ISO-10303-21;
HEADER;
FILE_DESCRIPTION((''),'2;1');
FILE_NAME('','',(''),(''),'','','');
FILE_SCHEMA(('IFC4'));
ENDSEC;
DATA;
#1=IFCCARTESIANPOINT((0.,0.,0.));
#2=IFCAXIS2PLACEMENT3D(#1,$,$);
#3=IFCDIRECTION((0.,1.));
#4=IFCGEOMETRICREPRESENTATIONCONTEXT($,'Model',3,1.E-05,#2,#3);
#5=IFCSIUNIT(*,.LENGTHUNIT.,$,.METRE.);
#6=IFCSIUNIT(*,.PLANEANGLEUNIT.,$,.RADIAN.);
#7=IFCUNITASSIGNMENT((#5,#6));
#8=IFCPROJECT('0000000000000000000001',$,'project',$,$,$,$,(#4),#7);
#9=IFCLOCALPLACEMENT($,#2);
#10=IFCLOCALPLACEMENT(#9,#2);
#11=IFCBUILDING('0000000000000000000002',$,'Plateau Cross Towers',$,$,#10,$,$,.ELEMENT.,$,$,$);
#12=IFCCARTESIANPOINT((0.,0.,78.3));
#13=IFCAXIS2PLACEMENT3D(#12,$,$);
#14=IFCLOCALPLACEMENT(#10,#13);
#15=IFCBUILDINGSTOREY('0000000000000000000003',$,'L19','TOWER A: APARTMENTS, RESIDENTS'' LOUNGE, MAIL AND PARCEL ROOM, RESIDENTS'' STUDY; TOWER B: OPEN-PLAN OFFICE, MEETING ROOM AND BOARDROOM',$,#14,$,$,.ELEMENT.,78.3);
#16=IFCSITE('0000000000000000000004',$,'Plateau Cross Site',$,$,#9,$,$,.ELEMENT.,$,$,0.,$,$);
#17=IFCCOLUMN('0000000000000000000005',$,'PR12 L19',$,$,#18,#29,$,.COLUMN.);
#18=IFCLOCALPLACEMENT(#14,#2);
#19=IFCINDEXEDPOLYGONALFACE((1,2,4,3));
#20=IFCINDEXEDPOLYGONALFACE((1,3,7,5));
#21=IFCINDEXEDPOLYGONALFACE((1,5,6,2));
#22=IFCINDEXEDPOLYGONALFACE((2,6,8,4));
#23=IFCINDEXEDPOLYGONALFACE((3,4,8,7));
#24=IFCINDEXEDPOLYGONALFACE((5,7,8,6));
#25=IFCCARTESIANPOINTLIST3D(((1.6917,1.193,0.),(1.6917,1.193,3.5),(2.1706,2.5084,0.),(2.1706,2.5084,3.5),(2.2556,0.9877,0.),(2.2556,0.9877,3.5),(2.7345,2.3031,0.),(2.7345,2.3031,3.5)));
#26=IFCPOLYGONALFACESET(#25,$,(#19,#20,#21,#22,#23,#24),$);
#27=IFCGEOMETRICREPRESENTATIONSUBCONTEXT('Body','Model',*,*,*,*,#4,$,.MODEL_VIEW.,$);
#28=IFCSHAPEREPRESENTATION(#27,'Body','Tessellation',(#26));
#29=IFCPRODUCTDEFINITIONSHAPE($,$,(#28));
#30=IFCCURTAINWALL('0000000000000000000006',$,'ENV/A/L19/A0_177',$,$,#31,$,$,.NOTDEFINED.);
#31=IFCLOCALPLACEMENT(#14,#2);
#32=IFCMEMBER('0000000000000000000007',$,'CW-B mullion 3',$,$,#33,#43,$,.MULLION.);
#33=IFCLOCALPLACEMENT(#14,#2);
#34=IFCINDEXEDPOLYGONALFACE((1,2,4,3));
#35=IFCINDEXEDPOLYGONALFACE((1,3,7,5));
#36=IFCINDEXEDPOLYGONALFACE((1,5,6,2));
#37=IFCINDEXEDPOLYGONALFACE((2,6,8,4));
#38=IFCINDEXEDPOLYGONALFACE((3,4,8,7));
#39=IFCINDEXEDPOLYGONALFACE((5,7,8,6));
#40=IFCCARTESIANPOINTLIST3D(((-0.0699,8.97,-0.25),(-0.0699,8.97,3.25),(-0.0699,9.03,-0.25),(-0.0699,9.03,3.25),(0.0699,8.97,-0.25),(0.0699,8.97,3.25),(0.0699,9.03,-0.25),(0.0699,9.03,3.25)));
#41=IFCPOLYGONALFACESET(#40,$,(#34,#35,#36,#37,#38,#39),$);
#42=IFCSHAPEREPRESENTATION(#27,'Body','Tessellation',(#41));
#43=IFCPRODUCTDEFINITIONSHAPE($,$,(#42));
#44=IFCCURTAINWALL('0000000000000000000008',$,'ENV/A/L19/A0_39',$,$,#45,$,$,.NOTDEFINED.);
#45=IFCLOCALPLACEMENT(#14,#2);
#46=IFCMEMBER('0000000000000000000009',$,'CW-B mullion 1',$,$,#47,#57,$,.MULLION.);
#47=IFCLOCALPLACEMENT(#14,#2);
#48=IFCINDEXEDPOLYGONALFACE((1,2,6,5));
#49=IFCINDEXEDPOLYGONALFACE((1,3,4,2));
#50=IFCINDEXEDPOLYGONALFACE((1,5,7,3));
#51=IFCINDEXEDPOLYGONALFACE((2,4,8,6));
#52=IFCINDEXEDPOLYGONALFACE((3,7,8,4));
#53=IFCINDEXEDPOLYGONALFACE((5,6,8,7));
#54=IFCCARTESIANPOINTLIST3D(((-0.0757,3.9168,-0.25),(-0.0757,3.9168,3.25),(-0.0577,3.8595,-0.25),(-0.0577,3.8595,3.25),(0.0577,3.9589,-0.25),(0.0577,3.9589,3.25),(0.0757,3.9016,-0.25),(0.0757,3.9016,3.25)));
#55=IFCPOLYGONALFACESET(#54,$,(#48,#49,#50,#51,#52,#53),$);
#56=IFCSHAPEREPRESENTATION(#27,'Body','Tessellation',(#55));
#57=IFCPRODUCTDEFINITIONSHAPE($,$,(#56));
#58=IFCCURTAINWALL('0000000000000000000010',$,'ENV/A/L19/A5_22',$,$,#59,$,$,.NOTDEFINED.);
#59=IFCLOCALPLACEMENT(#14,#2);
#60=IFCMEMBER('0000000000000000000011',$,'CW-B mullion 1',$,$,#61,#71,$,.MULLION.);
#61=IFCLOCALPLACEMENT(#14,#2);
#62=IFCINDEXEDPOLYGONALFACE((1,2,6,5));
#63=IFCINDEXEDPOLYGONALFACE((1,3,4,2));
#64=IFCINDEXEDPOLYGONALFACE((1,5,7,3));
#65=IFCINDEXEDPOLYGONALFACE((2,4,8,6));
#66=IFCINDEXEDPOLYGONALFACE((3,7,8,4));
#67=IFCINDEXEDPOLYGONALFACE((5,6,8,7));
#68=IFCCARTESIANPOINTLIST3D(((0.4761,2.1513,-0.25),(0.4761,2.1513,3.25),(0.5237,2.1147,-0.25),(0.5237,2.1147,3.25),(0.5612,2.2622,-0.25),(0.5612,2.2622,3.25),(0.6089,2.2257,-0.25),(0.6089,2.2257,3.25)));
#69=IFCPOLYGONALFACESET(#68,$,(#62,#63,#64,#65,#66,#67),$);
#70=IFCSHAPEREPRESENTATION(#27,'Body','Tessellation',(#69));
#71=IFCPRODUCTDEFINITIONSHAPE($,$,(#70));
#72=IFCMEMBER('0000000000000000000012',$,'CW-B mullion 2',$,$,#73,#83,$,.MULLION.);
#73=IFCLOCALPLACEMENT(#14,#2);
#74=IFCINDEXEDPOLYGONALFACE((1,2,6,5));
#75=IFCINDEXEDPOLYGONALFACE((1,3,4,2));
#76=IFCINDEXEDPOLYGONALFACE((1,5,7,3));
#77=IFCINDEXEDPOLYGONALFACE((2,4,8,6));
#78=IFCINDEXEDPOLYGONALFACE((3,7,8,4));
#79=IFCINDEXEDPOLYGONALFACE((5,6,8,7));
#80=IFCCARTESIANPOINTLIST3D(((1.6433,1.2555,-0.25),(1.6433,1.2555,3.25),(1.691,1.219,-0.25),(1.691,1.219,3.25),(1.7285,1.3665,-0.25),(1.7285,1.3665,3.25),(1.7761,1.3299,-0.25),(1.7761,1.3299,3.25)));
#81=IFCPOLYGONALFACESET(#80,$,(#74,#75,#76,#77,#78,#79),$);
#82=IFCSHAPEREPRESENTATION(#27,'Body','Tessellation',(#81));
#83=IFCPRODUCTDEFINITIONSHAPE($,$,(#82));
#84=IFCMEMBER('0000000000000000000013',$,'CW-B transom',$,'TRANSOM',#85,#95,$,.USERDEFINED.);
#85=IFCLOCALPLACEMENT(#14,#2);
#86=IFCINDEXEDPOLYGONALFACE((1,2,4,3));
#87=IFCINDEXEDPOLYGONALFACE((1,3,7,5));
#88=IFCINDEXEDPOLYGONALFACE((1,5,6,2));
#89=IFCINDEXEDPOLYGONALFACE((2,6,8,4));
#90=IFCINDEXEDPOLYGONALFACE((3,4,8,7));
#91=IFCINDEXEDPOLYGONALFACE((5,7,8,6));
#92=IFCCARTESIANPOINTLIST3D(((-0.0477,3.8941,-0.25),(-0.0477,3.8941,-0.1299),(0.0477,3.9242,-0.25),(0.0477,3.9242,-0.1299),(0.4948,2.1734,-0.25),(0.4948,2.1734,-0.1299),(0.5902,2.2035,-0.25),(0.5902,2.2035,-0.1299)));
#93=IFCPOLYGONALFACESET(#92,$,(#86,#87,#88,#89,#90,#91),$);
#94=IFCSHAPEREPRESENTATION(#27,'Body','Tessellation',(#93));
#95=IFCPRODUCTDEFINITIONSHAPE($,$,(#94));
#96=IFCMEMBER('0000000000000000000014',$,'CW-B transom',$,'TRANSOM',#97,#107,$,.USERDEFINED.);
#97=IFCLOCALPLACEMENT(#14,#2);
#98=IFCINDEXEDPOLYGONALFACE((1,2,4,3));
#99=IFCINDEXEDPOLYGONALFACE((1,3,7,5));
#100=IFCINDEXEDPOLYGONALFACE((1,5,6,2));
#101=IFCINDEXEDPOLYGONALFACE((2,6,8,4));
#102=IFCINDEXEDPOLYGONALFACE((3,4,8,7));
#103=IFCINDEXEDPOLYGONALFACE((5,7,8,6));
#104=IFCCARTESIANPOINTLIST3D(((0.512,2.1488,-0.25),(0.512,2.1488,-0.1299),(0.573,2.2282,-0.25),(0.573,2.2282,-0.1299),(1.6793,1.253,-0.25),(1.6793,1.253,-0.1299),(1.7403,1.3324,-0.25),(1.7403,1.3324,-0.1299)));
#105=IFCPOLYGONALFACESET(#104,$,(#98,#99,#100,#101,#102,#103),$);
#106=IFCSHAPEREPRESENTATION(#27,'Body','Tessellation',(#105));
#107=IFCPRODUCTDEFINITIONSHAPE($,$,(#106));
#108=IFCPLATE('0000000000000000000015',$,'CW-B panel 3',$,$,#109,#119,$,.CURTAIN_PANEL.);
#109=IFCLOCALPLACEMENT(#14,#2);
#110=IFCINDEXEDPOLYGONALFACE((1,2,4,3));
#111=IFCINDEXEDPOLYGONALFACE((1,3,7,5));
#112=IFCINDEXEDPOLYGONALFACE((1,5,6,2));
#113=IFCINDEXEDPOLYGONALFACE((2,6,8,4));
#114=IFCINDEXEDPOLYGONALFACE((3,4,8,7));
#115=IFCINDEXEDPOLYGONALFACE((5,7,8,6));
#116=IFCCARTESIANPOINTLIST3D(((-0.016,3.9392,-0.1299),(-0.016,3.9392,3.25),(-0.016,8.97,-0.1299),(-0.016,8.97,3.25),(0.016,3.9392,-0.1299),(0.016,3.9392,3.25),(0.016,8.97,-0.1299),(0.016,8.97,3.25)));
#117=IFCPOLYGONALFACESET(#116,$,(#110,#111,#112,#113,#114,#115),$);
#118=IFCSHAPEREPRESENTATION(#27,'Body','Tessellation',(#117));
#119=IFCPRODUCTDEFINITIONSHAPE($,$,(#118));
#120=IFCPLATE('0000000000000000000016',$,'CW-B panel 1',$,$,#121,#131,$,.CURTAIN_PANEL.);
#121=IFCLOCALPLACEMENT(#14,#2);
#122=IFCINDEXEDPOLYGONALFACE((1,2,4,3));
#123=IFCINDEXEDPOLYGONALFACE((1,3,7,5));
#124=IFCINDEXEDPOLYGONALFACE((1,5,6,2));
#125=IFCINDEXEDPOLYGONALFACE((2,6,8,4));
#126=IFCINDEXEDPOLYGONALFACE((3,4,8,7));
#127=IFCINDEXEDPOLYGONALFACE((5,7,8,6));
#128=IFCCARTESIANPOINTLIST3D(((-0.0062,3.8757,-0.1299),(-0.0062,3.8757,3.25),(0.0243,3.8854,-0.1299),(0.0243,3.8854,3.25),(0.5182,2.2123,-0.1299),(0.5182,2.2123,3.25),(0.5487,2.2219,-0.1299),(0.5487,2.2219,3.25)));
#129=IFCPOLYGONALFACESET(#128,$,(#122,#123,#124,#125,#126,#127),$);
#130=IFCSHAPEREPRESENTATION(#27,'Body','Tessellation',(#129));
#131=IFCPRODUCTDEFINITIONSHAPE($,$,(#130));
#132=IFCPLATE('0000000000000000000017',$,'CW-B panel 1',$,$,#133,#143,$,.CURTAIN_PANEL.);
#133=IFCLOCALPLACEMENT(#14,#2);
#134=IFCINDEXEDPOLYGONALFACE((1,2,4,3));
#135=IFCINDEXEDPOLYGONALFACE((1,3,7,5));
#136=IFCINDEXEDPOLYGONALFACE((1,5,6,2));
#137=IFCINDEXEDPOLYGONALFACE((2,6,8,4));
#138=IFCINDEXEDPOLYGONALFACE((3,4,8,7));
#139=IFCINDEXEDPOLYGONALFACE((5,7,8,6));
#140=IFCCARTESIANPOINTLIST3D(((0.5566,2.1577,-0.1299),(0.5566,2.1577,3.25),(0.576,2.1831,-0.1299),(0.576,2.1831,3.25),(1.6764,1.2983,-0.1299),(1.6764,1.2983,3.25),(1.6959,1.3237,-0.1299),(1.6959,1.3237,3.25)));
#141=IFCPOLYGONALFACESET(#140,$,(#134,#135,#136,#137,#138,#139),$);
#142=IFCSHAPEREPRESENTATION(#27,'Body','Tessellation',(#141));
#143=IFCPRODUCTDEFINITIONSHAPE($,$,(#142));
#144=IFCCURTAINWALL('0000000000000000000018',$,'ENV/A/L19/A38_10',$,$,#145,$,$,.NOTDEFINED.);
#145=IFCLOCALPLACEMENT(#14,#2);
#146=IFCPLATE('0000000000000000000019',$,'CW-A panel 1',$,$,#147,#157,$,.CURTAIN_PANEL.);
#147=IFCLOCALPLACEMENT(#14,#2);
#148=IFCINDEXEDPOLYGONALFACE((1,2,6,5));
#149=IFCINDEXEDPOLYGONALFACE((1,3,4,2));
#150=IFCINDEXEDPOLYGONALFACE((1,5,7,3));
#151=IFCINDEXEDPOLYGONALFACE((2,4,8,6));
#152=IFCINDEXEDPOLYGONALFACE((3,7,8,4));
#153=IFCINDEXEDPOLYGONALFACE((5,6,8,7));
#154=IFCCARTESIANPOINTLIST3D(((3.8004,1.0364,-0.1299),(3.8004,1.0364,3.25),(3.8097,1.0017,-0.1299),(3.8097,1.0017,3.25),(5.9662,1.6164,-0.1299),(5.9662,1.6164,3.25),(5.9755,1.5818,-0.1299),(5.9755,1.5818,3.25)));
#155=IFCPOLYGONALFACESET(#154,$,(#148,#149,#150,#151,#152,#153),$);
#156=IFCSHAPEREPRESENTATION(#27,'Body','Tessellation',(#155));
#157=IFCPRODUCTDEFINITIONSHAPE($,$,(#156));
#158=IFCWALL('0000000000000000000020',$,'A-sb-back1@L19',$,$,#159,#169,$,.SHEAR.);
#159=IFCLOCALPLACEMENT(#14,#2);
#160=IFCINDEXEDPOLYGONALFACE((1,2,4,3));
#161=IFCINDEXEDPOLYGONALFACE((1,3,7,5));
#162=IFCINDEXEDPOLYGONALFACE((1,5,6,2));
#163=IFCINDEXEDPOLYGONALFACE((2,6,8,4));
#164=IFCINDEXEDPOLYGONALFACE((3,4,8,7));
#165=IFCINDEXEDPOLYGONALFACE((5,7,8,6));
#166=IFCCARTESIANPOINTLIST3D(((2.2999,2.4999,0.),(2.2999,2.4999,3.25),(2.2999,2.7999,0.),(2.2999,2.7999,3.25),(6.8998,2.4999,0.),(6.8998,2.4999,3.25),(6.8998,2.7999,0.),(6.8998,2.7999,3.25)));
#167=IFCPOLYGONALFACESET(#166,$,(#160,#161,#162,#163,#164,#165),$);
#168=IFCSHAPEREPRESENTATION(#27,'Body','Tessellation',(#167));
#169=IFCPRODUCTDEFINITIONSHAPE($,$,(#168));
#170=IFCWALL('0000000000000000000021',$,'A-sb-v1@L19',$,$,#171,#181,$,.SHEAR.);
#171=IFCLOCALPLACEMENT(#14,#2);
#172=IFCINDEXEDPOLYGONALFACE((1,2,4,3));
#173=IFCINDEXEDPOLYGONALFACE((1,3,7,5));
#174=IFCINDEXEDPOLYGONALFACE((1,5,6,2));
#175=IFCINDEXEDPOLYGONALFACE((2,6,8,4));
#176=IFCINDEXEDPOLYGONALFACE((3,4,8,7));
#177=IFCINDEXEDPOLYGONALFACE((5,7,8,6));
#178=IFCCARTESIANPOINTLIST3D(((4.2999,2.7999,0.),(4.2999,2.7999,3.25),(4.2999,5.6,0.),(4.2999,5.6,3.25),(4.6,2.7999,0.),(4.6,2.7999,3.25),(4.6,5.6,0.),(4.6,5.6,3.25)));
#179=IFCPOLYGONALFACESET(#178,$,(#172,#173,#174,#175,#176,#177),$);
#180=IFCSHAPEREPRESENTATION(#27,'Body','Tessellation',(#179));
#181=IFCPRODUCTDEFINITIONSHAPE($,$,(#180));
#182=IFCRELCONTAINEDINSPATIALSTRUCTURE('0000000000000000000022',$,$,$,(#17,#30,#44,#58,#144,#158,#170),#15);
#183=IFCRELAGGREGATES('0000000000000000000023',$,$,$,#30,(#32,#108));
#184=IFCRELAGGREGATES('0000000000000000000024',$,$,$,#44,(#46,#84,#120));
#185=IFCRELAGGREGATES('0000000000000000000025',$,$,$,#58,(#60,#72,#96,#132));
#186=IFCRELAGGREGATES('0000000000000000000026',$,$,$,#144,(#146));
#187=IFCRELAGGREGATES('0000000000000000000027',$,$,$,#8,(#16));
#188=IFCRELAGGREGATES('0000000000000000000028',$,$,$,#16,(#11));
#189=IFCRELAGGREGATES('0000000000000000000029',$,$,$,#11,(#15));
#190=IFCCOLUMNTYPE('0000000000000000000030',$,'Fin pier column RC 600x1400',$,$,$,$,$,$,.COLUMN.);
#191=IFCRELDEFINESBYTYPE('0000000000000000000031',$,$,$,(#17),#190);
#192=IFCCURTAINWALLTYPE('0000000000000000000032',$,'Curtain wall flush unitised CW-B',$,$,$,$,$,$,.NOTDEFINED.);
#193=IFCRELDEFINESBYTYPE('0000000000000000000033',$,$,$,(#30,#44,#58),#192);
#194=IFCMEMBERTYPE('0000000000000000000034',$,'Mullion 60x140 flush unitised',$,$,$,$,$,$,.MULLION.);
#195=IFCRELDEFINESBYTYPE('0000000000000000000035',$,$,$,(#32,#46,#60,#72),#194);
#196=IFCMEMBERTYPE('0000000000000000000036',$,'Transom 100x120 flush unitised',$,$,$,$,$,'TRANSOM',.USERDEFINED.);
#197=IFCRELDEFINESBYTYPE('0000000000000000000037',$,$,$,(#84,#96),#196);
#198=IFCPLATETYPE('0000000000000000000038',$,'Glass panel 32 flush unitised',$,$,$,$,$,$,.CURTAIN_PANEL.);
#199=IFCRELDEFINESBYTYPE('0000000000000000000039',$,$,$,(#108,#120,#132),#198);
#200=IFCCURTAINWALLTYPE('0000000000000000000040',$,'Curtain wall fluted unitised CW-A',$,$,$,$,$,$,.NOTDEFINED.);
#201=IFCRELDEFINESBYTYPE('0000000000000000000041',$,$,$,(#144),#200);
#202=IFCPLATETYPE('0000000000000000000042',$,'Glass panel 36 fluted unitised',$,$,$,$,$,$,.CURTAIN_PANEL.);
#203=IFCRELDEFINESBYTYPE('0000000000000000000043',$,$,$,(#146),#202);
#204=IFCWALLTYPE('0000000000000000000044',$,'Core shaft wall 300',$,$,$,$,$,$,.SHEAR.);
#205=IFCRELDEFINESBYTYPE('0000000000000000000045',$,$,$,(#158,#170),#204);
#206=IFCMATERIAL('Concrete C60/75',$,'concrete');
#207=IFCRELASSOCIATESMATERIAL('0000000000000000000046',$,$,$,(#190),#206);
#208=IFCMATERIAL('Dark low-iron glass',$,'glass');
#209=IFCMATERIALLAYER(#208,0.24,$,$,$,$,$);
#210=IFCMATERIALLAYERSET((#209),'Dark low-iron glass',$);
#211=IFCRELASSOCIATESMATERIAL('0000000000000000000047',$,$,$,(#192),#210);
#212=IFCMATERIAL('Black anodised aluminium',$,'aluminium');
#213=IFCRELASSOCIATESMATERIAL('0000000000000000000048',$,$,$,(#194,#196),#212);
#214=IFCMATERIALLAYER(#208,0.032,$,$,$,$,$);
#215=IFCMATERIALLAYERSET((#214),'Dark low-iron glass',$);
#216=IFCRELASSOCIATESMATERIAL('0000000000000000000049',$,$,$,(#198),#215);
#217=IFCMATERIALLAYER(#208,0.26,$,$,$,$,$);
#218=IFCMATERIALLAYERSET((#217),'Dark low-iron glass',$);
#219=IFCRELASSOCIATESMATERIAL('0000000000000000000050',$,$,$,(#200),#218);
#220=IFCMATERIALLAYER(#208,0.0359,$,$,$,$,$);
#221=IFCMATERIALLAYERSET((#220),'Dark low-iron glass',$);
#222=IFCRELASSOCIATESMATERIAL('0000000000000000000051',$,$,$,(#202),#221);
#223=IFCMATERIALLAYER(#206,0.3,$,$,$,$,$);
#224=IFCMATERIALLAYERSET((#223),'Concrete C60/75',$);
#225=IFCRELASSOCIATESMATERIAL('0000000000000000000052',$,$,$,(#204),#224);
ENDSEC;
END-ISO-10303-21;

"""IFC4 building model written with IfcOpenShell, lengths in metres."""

from ifc_helpers import new_model, si_unit, direction, frame, frame_2d, origin, origin_2d, place, context, subcontext, project, spatial, rectangle, extrude, material, layer, layer_set, material_profile, profile_set, type_object, element, aggregate, save


model = new_model("IFC4")

# Units and contexts
model_context = context("Model", 3, precision=1e-05, world=origin(), true_north=direction((0.0, 1.0)))
body_context = subcontext(model_context, "Body", "Model", "MODEL_VIEW")
ifc_project = project(units=[si_unit("LENGTHUNIT", "METRE"), si_unit("PLANEANGLEUNIT", "RADIAN")], contexts=[model_context])

# Site, building, storey
site_placement = place(None, origin())
site = spatial("IfcSite", under=ifc_project, at=site_placement, Name="Plateau Cross Site", CompositionType="ELEMENT", RefElevation=0.0)
building_placement = place(site_placement, origin())
building = spatial("IfcBuilding", under=site, at=building_placement, Name="Plateau Cross Towers", CompositionType="ELEMENT")
storey_placement = place(building_placement, frame((0.0, 0.0, 78.3)))
storey = spatial("IfcBuildingStorey", under=building, at=storey_placement, Name="L19", Description="TOWER A: APARTMENTS, RESIDENTS' LOUNGE, MAIL AND PARCEL ROOM, RESIDENTS' STUDY; TOWER B: OPEN-PLAN OFFICE, MEETING ROOM AND BOARDROOM", CompositionType="ELEMENT", Elevation=78.3)

# Column
ifc_material_1 = material(Name="Concrete C60/75", Category="concrete")
ifc_material_profile_1 = material_profile(ifc_material_1, rectangle(XDim=0.6001, YDim=1.3999, at=origin_2d()), Name="RC 600x1400")
ifc_profile_set_1 = profile_set([ifc_material_profile_1], Name="Concrete C60/75")
column_type = type_object("IfcColumnType", Name="Fin pier column RC 600x1400", PredefinedType="COLUMN", material=ifc_profile_set_1)
column_placement = place(storey_placement, frame((2.2131, 1.748, 0.0), z_axis=(0.0, 0.0, 1.0), x_axis=(-0.939664, 0.342098, 0.0)))
element("IfcColumn", 1, at=column_placement, inside=storey, type_object=column_type, Name="PR12 L19", PredefinedType="COLUMN", context=body_context, shape_type="SweptSolid", body=[
    extrude(rectangle(XDim=0.6001, YDim=1.3999, at=origin_2d()), origin(), (0.0, 0.0, 1.0), 3.5),
])

# Curtain walls, members
ifc_material_2 = material(Name="Dark low-iron glass", Category="glass")
ifc_layer_1 = layer(ifc_material_2, 0.24)
ifc_layer_set_1 = layer_set([ifc_layer_1], Name="Dark low-iron glass")
curtain_wall_type_1 = type_object("IfcCurtainWallType", Name="Curtain wall flush unitised CW-B", PredefinedType="NOTDEFINED", material=ifc_layer_set_1)
curtain_wall_1_placement = place(storey_placement, origin())
curtain_wall_1 = element("IfcCurtainWall", 2, at=curtain_wall_1_placement, inside=storey, type_object=curtain_wall_type_1, Name="ENV/A/L19/A0_177", PredefinedType="NOTDEFINED")
ifc_material_3 = material(Name="Black anodised aluminium", Category="aluminium")
ifc_material_profile_2 = material_profile(ifc_material_3, rectangle(XDim=0.0601, YDim=0.1399, at=origin_2d()), Name="MULLION 60x140")
ifc_profile_set_2 = profile_set([ifc_material_profile_2], Name="Black anodised aluminium")
member_type_1 = type_object("IfcMemberType", Name="Mullion 60x140 flush unitised", PredefinedType="MULLION", material=ifc_profile_set_2)
member_1_placement = place(storey_placement, frame((0.0, 9.0, -0.25), z_axis=(0.0, 0.0, 1.0), x_axis=(0.0, -1.0, 0.0)))
member_1 = element("IfcMember", 3, at=member_1_placement, type_object=member_type_1, Name="CW-B mullion 3", PredefinedType="MULLION", context=body_context, shape_type="SweptSolid", body=[
    extrude(rectangle(XDim=0.0601, YDim=0.1399, at=origin_2d()), origin(), (0.0, 0.0, 1.0), 3.5),
])
curtain_wall_2_placement = place(storey_placement, origin())
curtain_wall_2 = element("IfcCurtainWall", 4, at=curtain_wall_2_placement, inside=storey, type_object=curtain_wall_type_1, Name="ENV/A/L19/A0_39", PredefinedType="NOTDEFINED")
member_2_placement = place(storey_placement, frame((0.0, 3.9092, -0.25), z_axis=(0.0, 0.0, 1.0), x_axis=(0.300686, -0.953723, 0.0)))
member_2 = element("IfcMember", 5, at=member_2_placement, type_object=member_type_1, Name="CW-B mullion 1", PredefinedType="MULLION", context=body_context, shape_type="SweptSolid", body=[
    extrude(rectangle(XDim=0.0601, YDim=0.1399, at=origin_2d()), origin(), (0.0, 0.0, 1.0), 3.5),
])

# Curtain wall, members
curtain_wall_3_placement = place(storey_placement, origin())
curtain_wall_3 = element("IfcCurtainWall", 6, at=curtain_wall_3_placement, inside=storey, type_object=curtain_wall_type_1, Name="ENV/A/L19/A5_22", PredefinedType="NOTDEFINED")
member_3_placement = place(storey_placement, frame((0.5425, 2.1885, -0.25), z_axis=(0.0, 0.0, 1.0), x_axis=(0.793316, -0.608811, 0.0)))
member_3 = element("IfcMember", 7, at=member_3_placement, type_object=member_type_1, Name="CW-B mullion 1", PredefinedType="MULLION", context=body_context, shape_type="SweptSolid", body=[
    extrude(rectangle(XDim=0.0601, YDim=0.1399, at=origin_2d()), origin(), (0.0, 0.0, 1.0), 3.5),
])
member_4_placement = place(storey_placement, frame((1.7097, 1.2927, -0.25), z_axis=(0.0, 0.0, 1.0), x_axis=(0.793316, -0.608811, 0.0)))
member_4 = element("IfcMember", 8, at=member_4_placement, type_object=member_type_1, Name="CW-B mullion 2", PredefinedType="MULLION", context=body_context, shape_type="SweptSolid", body=[
    extrude(rectangle(XDim=0.0601, YDim=0.1399, at=origin_2d()), origin(), (0.0, 0.0, 1.0), 3.5),
])

# Members
ifc_material_profile_3 = material_profile(ifc_material_3, rectangle(XDim=0.1001, YDim=0.1201, at=origin_2d()), Name="TRANSOM 100x120")
ifc_profile_set_3 = profile_set([ifc_material_profile_3], Name="Black anodised aluminium")
member_type_2 = type_object("IfcMemberType", Name="Transom 100x120 flush unitised", ElementType="TRANSOM", PredefinedType="USERDEFINED", material=ifc_profile_set_3)
member_5_placement = place(storey_placement, frame((0.0, 3.9092, -0.1899), z_axis=(0.300678, -0.953726, 0.0), x_axis=(0.953726, 0.300678, 0.0)))
member_5 = element("IfcMember", 9, at=member_5_placement, type_object=member_type_2, Name="CW-B transom", ObjectType="TRANSOM", PredefinedType="USERDEFINED", context=body_context, shape_type="SweptSolid", body=[
    extrude(rectangle(XDim=0.1001, YDim=0.1201, at=origin_2d()), origin(), (0.0, 0.0, 1.0), 1.8042),
])
member_6_placement = place(storey_placement, frame((0.5425, 2.1885, -0.1899), z_axis=(0.793321, -0.608804, 0.0), x_axis=(0.608804, 0.793321, 0.0)))
member_6 = element("IfcMember", 10, at=member_6_placement, type_object=member_type_2, Name="CW-B transom", ObjectType="TRANSOM", PredefinedType="USERDEFINED", context=body_context, shape_type="SweptSolid", body=[
    extrude(rectangle(XDim=0.1001, YDim=0.1201, at=origin_2d()), origin(), (0.0, 0.0, 1.0), 1.4714),
])

# Plates
ifc_layer_2 = layer(ifc_material_2, 0.032)
ifc_layer_set_2 = layer_set([ifc_layer_2], Name="Dark low-iron glass")
plate_type_1 = type_object("IfcPlateType", Name="Glass panel 32 flush unitised", PredefinedType="CURTAIN_PANEL", material=ifc_layer_set_2)
plate_1_placement = place(storey_placement, frame((0.0, 6.4546, -0.1299), z_axis=(0.0, 0.0, 1.0), x_axis=(0.0, -1.0, 0.0)))
plate_1 = element("IfcPlate", 11, at=plate_1_placement, type_object=plate_type_1, Name="CW-B panel 3", PredefinedType="CURTAIN_PANEL", context=body_context, shape_type="SweptSolid", body=[
    extrude(rectangle(XDim=5.0308, YDim=0.032, at=origin_2d()), origin(), (0.0, 0.0, 1.0), 3.3799),
])
aggregate(curtain_wall_1, [member_1, plate_1])
plate_2_placement = place(storey_placement, frame((0.2712, 3.0488, -0.1299), z_axis=(0.0, 0.0, 1.0), x_axis=(0.300686, -0.953723, 0.0)))
plate_2 = element("IfcPlate", 12, at=plate_2_placement, type_object=plate_type_1, Name="CW-B panel 1", PredefinedType="CURTAIN_PANEL", context=body_context, shape_type="SweptSolid", body=[
    extrude(rectangle(XDim=1.7441, YDim=0.032, at=origin_2d()), origin(), (0.0, 0.0, 1.0), 3.3799),
])
aggregate(curtain_wall_2, [member_2, member_5, plate_2])
plate_3_placement = place(storey_placement, frame((1.1262, 1.7407, -0.1299), z_axis=(0.0, 0.0, 1.0), x_axis=(0.793316, -0.608811, 0.0)))
plate_3 = element("IfcPlate", 13, at=plate_3_placement, type_object=plate_type_1, Name="CW-B panel 1", PredefinedType="CURTAIN_PANEL", context=body_context, shape_type="SweptSolid", body=[
    extrude(rectangle(XDim=1.4116, YDim=0.032, at=origin_2d()), origin(), (0.0, 0.0, 1.0), 3.3799),
])
aggregate(curtain_wall_3, [member_3, member_4, member_6, plate_3])

# Curtain wall, plate
ifc_layer_3 = layer(ifc_material_2, 0.26)
ifc_layer_set_3 = layer_set([ifc_layer_3], Name="Dark low-iron glass")
curtain_wall_type_2 = type_object("IfcCurtainWallType", Name="Curtain wall fluted unitised CW-A", PredefinedType="NOTDEFINED", material=ifc_layer_set_3)
curtain_wall_4_placement = place(storey_placement, origin())
curtain_wall_4 = element("IfcCurtainWall", 14, at=curtain_wall_4_placement, inside=storey, type_object=curtain_wall_type_2, Name="ENV/A/L19/A38_10", PredefinedType="NOTDEFINED")
ifc_layer_4 = layer(ifc_material_2, 0.0359)
ifc_layer_set_4 = layer_set([ifc_layer_4], Name="Dark low-iron glass")
plate_type_2 = type_object("IfcPlateType", Name="Glass panel 36 fluted unitised", PredefinedType="CURTAIN_PANEL", material=ifc_layer_set_4)
plate_4_placement = place(storey_placement, frame((4.8879, 1.3091, -0.1299), z_axis=(0.0, 0.0, 1.0), x_axis=(0.965958, 0.258699, 0.0)))
plate_4 = element("IfcPlate", 15, at=plate_4_placement, type_object=plate_type_2, Name="CW-A panel 1", PredefinedType="CURTAIN_PANEL", context=body_context, shape_type="SweptSolid", body=[
    extrude(rectangle(XDim=2.2422, YDim=0.0359, at=origin_2d()), origin(), (0.0, 0.0, 1.0), 3.3799),
])
aggregate(curtain_wall_4, [plate_4])

# Walls
ifc_layer_5 = layer(ifc_material_1, 0.3)
ifc_layer_set_5 = layer_set([ifc_layer_5], Name="Concrete C60/75")
wall_type_1 = type_object("IfcWallType", Name="Core shaft wall 300", PredefinedType="SHEAR", material=ifc_layer_set_5)
wall_1_placement = place(storey_placement, frame((2.3, 2.6499, 0.0), z_axis=(0.0, 0.0, 1.0), x_axis=(1.0, 0.0, 0.0)))
element("IfcWall", 16, at=wall_1_placement, inside=storey, type_object=wall_type_1, Name="A-sb-back1@L19", PredefinedType="SHEAR", context=body_context, shape_type="SweptSolid", body=[
    extrude(rectangle(XDim=4.5999, YDim=0.3, at=frame_2d((2.2998, 0.0))), origin(), (0.0, 0.0, 1.0), 3.25),
])
wall_2_placement = place(storey_placement, frame((4.45, 2.8, 0.0), z_axis=(0.0, 0.0, 1.0), x_axis=(0.0, 1.0, 0.0)))
element("IfcWall", 17, at=wall_2_placement, inside=storey, type_object=wall_type_1, Name="A-sb-v1@L19", PredefinedType="SHEAR", context=body_context, shape_type="SweptSolid", body=[
    extrude(rectangle(XDim=2.8, YDim=0.3, at=frame_2d((1.3999, 0.0))), origin(), (0.0, 0.0, 1.0), 3.25),
])

save(model, "model.ifc")
